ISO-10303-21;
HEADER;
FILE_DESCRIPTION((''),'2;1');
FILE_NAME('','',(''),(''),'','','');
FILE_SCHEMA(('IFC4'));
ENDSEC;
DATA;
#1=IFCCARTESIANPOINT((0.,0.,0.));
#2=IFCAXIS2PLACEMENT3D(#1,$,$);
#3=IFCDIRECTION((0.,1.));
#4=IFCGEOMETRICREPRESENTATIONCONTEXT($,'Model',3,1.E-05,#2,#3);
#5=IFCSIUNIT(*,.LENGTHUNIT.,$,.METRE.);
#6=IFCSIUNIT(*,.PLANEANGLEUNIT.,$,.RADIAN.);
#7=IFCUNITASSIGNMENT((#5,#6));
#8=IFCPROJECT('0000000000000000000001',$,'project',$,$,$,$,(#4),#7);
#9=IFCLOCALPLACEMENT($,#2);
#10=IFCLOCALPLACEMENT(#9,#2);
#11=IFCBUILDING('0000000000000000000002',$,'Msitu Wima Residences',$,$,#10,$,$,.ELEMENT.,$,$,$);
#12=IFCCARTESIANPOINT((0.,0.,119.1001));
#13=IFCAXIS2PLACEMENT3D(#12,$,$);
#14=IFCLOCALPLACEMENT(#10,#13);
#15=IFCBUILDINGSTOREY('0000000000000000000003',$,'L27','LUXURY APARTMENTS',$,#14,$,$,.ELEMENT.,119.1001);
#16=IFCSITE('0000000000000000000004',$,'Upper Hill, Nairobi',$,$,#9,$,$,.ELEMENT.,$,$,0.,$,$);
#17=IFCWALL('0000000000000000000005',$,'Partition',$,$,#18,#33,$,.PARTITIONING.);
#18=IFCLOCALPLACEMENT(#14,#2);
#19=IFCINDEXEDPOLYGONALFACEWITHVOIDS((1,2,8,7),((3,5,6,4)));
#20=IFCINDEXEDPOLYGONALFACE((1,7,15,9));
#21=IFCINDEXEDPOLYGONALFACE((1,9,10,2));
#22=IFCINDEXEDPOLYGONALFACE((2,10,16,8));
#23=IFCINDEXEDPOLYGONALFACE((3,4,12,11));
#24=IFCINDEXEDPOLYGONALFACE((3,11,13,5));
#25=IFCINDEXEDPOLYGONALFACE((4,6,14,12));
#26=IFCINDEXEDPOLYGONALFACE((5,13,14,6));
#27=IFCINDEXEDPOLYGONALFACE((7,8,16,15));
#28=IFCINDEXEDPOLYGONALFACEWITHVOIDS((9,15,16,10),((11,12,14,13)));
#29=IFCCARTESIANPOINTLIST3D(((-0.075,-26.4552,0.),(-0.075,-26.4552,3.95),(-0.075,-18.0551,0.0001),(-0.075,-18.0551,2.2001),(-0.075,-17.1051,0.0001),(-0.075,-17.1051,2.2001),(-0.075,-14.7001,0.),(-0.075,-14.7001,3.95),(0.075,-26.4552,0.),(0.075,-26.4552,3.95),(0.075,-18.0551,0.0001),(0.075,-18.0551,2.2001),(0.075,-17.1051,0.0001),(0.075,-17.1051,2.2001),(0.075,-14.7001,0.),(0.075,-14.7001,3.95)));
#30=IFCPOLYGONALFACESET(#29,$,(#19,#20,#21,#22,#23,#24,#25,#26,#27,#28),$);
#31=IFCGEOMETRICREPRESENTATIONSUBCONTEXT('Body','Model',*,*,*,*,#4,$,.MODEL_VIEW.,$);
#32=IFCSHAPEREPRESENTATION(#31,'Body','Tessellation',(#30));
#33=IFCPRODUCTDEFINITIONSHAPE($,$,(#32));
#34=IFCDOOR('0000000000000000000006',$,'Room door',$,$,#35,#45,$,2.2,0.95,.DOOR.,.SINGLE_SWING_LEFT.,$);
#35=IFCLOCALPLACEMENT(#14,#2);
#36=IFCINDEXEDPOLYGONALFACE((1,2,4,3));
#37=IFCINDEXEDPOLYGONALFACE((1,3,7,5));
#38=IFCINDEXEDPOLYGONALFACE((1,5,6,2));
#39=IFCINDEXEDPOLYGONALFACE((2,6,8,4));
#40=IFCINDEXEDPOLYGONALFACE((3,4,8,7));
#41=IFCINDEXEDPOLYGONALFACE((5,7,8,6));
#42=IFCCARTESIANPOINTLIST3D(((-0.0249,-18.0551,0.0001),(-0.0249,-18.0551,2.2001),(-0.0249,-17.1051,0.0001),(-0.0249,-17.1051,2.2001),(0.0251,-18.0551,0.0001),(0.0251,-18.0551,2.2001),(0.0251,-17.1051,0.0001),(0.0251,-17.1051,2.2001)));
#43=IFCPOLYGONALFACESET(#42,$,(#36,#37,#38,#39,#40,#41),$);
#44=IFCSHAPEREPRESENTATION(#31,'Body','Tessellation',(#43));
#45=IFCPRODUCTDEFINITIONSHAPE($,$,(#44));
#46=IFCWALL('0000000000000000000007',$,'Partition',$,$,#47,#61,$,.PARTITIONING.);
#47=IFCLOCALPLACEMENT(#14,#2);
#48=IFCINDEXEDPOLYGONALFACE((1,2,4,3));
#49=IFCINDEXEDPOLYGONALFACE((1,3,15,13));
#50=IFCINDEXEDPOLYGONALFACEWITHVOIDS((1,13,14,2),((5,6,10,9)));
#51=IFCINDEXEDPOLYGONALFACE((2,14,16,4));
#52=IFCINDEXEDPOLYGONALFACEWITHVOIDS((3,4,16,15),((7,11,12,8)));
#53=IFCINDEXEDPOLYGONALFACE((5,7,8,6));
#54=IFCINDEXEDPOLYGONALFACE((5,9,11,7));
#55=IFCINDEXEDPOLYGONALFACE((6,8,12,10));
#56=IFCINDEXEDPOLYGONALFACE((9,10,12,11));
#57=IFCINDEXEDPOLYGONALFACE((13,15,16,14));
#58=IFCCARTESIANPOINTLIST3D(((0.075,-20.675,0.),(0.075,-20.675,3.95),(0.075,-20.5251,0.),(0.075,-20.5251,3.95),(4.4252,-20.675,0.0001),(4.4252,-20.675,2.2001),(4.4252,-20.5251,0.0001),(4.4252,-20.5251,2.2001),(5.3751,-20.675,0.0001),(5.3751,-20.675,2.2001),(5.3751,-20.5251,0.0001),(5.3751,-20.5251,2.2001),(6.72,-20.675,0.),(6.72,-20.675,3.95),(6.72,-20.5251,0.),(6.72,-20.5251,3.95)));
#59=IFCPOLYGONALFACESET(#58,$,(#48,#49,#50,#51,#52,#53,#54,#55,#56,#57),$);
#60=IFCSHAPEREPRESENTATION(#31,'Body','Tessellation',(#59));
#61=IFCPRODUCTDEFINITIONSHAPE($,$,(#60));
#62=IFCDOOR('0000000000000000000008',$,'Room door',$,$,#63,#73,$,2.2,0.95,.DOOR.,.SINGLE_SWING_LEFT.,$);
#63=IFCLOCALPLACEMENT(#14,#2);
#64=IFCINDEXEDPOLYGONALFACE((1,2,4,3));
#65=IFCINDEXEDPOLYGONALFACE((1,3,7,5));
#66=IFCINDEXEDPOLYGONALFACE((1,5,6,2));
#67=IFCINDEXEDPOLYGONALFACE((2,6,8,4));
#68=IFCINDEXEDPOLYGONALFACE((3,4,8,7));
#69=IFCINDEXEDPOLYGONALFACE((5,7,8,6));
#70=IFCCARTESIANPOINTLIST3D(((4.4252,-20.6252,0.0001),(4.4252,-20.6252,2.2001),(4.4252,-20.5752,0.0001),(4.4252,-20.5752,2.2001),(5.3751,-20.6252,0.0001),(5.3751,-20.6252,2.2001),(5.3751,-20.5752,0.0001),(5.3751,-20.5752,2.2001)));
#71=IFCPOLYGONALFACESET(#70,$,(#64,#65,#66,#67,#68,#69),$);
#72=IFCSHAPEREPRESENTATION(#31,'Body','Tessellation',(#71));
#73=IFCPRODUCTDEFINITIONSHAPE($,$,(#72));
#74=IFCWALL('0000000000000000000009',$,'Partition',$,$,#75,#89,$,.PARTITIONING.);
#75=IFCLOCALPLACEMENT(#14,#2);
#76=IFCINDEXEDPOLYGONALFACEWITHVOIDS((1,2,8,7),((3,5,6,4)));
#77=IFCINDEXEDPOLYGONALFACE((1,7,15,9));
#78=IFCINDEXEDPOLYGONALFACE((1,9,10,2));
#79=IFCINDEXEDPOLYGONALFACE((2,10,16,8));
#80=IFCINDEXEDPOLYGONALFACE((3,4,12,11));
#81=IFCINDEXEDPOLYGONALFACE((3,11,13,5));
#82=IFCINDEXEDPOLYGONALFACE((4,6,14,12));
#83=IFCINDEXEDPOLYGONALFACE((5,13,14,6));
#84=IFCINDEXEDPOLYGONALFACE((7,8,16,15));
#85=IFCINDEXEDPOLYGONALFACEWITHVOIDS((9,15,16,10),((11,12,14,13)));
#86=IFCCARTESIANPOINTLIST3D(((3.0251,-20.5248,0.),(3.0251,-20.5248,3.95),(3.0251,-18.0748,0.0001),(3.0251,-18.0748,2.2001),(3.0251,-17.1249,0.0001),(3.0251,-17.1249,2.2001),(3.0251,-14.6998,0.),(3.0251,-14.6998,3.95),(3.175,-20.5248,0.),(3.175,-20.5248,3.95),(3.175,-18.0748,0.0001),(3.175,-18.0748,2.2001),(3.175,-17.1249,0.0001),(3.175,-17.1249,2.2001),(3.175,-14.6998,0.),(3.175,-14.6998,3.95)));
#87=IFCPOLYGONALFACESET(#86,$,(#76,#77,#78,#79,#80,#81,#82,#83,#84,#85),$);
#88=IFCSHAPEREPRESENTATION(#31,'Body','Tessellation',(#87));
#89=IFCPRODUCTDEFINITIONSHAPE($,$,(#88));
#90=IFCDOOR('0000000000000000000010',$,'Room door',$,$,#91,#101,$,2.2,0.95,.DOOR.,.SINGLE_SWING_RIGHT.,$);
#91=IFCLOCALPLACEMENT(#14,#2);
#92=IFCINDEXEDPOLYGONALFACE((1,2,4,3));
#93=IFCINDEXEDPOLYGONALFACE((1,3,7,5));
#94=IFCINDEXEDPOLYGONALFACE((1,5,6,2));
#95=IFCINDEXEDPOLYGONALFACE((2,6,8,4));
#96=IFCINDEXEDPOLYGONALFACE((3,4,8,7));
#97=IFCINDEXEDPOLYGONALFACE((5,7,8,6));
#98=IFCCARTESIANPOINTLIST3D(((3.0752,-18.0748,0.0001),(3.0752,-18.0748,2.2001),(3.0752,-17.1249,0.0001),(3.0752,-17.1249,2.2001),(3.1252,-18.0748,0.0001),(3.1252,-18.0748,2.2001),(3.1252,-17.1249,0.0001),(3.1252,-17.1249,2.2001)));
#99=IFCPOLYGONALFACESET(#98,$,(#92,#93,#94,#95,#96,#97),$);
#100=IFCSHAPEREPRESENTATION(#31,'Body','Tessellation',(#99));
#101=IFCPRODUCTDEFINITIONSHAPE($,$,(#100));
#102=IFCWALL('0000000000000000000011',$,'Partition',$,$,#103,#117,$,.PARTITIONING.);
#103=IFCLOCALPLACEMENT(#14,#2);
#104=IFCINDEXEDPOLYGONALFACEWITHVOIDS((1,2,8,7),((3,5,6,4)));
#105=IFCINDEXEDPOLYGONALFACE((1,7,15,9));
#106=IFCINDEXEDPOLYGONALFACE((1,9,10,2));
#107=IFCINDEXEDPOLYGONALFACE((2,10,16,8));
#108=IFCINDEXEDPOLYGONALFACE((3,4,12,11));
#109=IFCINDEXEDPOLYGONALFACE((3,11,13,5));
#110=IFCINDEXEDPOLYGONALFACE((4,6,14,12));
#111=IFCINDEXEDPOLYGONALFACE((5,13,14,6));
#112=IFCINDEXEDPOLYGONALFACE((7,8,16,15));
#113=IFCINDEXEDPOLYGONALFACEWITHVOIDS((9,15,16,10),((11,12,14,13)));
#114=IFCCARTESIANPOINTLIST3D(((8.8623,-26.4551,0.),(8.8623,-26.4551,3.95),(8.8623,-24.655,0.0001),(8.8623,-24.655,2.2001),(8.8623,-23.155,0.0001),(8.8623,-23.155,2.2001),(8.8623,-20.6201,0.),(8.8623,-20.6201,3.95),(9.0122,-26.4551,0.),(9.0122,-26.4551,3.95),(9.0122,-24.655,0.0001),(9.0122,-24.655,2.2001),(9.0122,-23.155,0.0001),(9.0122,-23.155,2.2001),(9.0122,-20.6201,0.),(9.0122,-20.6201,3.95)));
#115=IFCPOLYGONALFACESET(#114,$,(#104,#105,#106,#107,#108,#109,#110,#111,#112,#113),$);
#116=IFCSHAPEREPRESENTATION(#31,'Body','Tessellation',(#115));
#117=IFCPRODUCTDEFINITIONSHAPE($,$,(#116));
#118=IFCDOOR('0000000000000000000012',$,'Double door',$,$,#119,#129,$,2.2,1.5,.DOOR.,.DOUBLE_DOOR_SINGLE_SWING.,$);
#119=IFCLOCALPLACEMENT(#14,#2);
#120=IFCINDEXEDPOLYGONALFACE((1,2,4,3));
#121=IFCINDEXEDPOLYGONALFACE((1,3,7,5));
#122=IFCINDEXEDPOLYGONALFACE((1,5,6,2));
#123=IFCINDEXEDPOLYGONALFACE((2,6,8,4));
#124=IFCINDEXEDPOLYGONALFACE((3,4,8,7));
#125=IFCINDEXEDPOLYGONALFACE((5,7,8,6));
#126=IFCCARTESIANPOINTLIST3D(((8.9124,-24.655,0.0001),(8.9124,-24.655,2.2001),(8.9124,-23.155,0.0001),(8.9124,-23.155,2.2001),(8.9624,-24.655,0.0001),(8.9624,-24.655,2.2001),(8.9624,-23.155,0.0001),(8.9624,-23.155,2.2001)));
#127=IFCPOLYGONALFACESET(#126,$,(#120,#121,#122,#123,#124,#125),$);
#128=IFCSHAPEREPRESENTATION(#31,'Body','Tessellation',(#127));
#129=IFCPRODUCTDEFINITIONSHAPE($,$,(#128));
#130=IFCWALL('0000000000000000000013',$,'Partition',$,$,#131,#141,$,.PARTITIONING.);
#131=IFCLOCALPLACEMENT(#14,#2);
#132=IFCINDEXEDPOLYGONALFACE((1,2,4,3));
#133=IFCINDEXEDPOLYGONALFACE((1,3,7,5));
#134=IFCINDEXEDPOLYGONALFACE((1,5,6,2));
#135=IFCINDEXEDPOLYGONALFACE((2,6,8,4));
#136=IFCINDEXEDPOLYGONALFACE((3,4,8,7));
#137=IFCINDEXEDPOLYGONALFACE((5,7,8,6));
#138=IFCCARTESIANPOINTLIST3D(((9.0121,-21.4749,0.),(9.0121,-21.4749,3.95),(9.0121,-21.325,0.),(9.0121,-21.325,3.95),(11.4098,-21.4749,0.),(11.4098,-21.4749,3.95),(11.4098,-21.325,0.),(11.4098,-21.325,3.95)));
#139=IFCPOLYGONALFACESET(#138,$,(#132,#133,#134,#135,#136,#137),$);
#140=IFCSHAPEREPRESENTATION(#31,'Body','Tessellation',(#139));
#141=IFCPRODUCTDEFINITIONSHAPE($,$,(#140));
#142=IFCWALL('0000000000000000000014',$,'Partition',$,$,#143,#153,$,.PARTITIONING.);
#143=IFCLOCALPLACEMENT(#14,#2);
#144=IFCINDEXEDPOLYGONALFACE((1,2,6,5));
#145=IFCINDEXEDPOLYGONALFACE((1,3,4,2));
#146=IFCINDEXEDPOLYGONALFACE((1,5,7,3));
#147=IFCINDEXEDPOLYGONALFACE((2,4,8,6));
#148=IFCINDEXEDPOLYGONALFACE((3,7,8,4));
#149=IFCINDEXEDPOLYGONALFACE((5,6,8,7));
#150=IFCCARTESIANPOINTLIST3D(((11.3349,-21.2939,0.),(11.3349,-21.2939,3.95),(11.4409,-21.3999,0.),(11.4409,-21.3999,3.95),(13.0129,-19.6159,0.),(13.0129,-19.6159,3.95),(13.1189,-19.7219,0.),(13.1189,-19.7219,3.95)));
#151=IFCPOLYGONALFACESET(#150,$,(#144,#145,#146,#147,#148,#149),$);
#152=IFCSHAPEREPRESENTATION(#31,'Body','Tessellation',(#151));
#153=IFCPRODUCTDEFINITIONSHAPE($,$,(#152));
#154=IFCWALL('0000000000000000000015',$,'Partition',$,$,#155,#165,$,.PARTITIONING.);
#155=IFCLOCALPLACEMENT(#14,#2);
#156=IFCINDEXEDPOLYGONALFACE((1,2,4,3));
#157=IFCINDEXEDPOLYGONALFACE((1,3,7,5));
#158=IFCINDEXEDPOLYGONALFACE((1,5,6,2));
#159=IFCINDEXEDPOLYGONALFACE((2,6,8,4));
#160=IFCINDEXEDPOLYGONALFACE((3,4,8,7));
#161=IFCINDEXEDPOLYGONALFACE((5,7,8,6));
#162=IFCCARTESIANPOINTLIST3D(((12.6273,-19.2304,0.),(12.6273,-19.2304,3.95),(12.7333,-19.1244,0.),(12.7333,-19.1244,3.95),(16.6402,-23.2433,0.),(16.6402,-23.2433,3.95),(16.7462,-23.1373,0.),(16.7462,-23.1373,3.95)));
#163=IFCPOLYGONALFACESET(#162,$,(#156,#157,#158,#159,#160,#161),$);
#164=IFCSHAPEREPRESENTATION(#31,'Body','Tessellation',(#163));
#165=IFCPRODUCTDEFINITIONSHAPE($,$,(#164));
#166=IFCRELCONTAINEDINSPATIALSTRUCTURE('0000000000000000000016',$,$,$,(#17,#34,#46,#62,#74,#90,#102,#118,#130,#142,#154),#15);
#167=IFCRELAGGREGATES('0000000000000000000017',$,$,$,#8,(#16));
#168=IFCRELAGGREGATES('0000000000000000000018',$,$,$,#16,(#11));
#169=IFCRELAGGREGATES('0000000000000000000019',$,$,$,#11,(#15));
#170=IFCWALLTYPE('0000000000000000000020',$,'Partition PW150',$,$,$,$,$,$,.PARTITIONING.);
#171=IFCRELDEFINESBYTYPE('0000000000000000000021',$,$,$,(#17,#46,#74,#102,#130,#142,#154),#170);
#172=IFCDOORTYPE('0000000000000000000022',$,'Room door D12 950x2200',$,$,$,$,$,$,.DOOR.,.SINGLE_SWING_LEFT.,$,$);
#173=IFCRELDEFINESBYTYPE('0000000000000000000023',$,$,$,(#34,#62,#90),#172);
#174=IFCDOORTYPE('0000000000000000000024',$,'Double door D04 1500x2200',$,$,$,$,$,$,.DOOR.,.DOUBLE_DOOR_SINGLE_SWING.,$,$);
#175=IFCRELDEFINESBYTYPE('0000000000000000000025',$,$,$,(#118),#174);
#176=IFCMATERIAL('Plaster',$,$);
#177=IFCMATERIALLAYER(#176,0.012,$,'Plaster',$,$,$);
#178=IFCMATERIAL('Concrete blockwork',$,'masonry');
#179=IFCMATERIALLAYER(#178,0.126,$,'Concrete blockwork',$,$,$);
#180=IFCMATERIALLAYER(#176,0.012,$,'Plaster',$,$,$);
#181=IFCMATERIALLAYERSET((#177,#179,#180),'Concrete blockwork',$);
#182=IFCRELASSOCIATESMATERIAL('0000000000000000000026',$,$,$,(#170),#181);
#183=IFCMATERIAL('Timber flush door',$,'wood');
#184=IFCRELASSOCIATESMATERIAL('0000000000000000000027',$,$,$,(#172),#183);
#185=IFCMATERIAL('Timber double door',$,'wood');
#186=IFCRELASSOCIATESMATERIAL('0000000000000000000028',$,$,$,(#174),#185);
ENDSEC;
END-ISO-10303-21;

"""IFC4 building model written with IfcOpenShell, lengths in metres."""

from ifc_helpers import new_model, si_unit, direction, frame, frame_2d, origin, place, context, subcontext, project, spatial, rectangle, extrude, material, layer, layer_set, type_object, element, fill, save


model = new_model("IFC4")

# Units and contexts
model_context = context("Model", 3, precision=1e-05, world=origin(), true_north=direction((0.0, 1.0)))
body_context = subcontext(model_context, "Body", "Model", "MODEL_VIEW")
ifc_project = project(units=[si_unit("LENGTHUNIT", "METRE"), si_unit("PLANEANGLEUNIT", "RADIAN")], contexts=[model_context])

# Site, building, storey
site_placement = place(None, origin())
site = spatial("IfcSite", under=ifc_project, at=site_placement, Name="Upper Hill, Nairobi", CompositionType="ELEMENT", RefElevation=0.0)
building_placement = place(site_placement, origin())
building = spatial("IfcBuilding", under=site, at=building_placement, Name="Msitu Wima Residences", CompositionType="ELEMENT")
storey_placement = place(building_placement, frame((0.0, 0.0, 119.1001)))
storey = spatial("IfcBuildingStorey", under=building, at=storey_placement, Name="L27", Description="LUXURY APARTMENTS", CompositionType="ELEMENT", Elevation=119.1001)

# Walls, openings, doors
ifc_material_1 = material(Name="Plaster")
ifc_layer_1 = layer(ifc_material_1, 0.012, Name="Plaster")
ifc_material_2 = material(Name="Concrete blockwork", Category="masonry")
ifc_layer_2 = layer(ifc_material_2, 0.126, Name="Concrete blockwork")
ifc_layer_3 = layer(ifc_material_1, 0.012, Name="Plaster")
ifc_layer_set_1 = layer_set([ifc_layer_1, ifc_layer_2, ifc_layer_3], Name="Concrete blockwork")
wall_type_1 = type_object("IfcWallType", Name="Partition PW150", PredefinedType="PARTITIONING", material=ifc_layer_set_1)
wall_1_placement = place(storey_placement, frame((0.0, -26.4551, 0.0), z_axis=(0.0, 0.0, 1.0), x_axis=(0.0, 1.0, 0.0)))
wall_1 = element("IfcWall", 1, at=wall_1_placement, inside=storey, type_object=wall_type_1, Name="Partition", PredefinedType="PARTITIONING", context=body_context, shape_type="SweptSolid", body=[
    extrude(rectangle(XDim=11.7551, YDim=0.1499, at=frame_2d((5.8774, 0.0))), origin(), (0.0, 0.0, 1.0), 3.95),
])
opening_1_placement = place(wall_1_placement, frame((8.3999, 0.0, 0.0)))
opening_1 = element("IfcOpeningElement", 2, at=opening_1_placement, cuts=wall_1, PredefinedType="OPENING", context=body_context, shape_type="SweptSolid", body=[
    extrude(rectangle(XDim=0.95, YDim=2.2, at=frame_2d((0.4751, 1.1001))), frame((0.0, 0.085, 0.0), z_axis=(0.0, -1.0, 0.0), x_axis=(1.0, 0.0, 0.0)), (0.0, 0.0, 1.0), 0.1699),
])
ifc_material_3 = material(Name="Timber flush door", Category="wood")
door_type_1 = type_object("IfcDoorType", Name="Room door D12 950x2200", OperationType="SINGLE_SWING_LEFT", PredefinedType="DOOR", material=ifc_material_3)
door_1_placement = place(opening_1_placement, origin())
door_1 = element("IfcDoor", 3, at=door_1_placement, inside=storey, type_object=door_type_1, Name="Room door", OperationType="SINGLE_SWING_LEFT", OverallHeight=2.2, OverallWidth=0.95, PredefinedType="DOOR", context=body_context, shape_type="SweptSolid", body=[
    extrude(rectangle(XDim=0.95, YDim=2.2, at=frame_2d((0.4751, 1.1001))), frame((0.0, 0.0249, 0.0), z_axis=(0.0, -1.0, 0.0), x_axis=(1.0, 0.0, 0.0)), (0.0, 0.0, 1.0), 0.05),
])
fill(opening_1, door_1)
wall_2_placement = place(storey_placement, frame((0.075, -20.6001, 0.0), z_axis=(0.0, 0.0, 1.0), x_axis=(1.0, 0.0, 0.0)))
wall_2 = element("IfcWall", 4, at=wall_2_placement, inside=storey, type_object=wall_type_1, Name="Partition", PredefinedType="PARTITIONING", context=body_context, shape_type="SweptSolid", body=[
    extrude(rectangle(XDim=6.645, YDim=0.1499, at=frame_2d((3.3225, 0.0))), origin(), (0.0, 0.0, 1.0), 3.95),
])
opening_2_placement = place(wall_2_placement, frame((4.3501, 0.0, 0.0)))
opening_2 = element("IfcOpeningElement", 5, at=opening_2_placement, cuts=wall_2, PredefinedType="OPENING", context=body_context, shape_type="SweptSolid", body=[
    extrude(rectangle(XDim=0.95, YDim=2.2, at=frame_2d((0.4751, 1.1001))), frame((0.0, 0.085, 0.0), z_axis=(0.0, -1.0, 0.0), x_axis=(1.0, 0.0, 0.0)), (0.0, 0.0, 1.0), 0.1699),
])
door_2_placement = place(opening_2_placement, origin())
door_2 = element("IfcDoor", 6, at=door_2_placement, inside=storey, type_object=door_type_1, Name="Room door", OperationType="SINGLE_SWING_LEFT", OverallHeight=2.2, OverallWidth=0.95, PredefinedType="DOOR", context=body_context, shape_type="SweptSolid", body=[
    extrude(rectangle(XDim=0.95, YDim=2.2, at=frame_2d((0.4751, 1.1001))), frame((0.0, 0.0249, 0.0), z_axis=(0.0, -1.0, 0.0), x_axis=(1.0, 0.0, 0.0)), (0.0, 0.0, 1.0), 0.05),
])
fill(opening_2, door_2)
wall_3_placement = place(storey_placement, frame((3.1001, -20.5249, 0.0), z_axis=(0.0, 0.0, 1.0), x_axis=(0.0, 1.0, 0.0)))
wall_3 = element("IfcWall", 7, at=wall_3_placement, inside=storey, type_object=wall_type_1, Name="Partition", PredefinedType="PARTITIONING", context=body_context, shape_type="SweptSolid", body=[
    extrude(rectangle(XDim=5.825, YDim=0.1499, at=frame_2d((2.9126, 0.0))), origin(), (0.0, 0.0, 1.0), 3.95),
])
opening_3_placement = place(wall_3_placement, frame((2.45, 0.0, 0.0)))
opening_3 = element("IfcOpeningElement", 8, at=opening_3_placement, cuts=wall_3, PredefinedType="OPENING", context=body_context, shape_type="SweptSolid", body=[
    extrude(rectangle(XDim=0.95, YDim=2.2, at=frame_2d((0.4751, 1.1001))), frame((0.0, 0.085, 0.0), z_axis=(0.0, -1.0, 0.0), x_axis=(1.0, 0.0, 0.0)), (0.0, 0.0, 1.0), 0.1699),
])
door_3_placement = place(opening_3_placement, origin())
door_3 = element("IfcDoor", 9, at=door_3_placement, inside=storey, type_object=door_type_1, Name="Room door", OperationType="SINGLE_SWING_RIGHT", OverallHeight=2.2, OverallWidth=0.95, PredefinedType="DOOR", context=body_context, shape_type="SweptSolid", body=[
    extrude(rectangle(XDim=0.95, YDim=2.2, at=frame_2d((0.4751, 1.1001))), frame((0.0, 0.0249, 0.0), z_axis=(0.0, -1.0, 0.0), x_axis=(1.0, 0.0, 0.0)), (0.0, 0.0, 1.0), 0.05),
])
fill(opening_3, door_3)
wall_4_placement = place(storey_placement, frame((8.9373, -26.4551, 0.0), z_axis=(0.0, 0.0, 1.0), x_axis=(0.0, 1.0, 0.0)))
wall_4 = element("IfcWall", 10, at=wall_4_placement, inside=storey, type_object=wall_type_1, Name="Partition", PredefinedType="PARTITIONING", context=body_context, shape_type="SweptSolid", body=[
    extrude(rectangle(XDim=5.835, YDim=0.1499, at=frame_2d((2.9175, 0.0))), origin(), (0.0, 0.0, 1.0), 3.95),
])
opening_4_placement = place(wall_4_placement, frame((1.8, 0.0, 0.0)))
opening_4 = element("IfcOpeningElement", 11, at=opening_4_placement, cuts=wall_4, PredefinedType="OPENING", context=body_context, shape_type="SweptSolid", body=[
    extrude(rectangle(XDim=1.5, YDim=2.2, at=frame_2d((0.75, 1.1001))), frame((0.0, 0.085, 0.0), z_axis=(0.0, -1.0, 0.0), x_axis=(1.0, 0.0, 0.0)), (0.0, 0.0, 1.0), 0.1699),
])
ifc_material_4 = material(Name="Timber double door", Category="wood")
door_type_2 = type_object("IfcDoorType", Name="Double door D04 1500x2200", OperationType="DOUBLE_DOOR_SINGLE_SWING", PredefinedType="DOOR", material=ifc_material_4)
door_4_placement = place(opening_4_placement, origin())
door_4 = element("IfcDoor", 12, at=door_4_placement, inside=storey, type_object=door_type_2, Name="Double door", OperationType="DOUBLE_DOOR_SINGLE_SWING", OverallHeight=2.2, OverallWidth=1.5, PredefinedType="DOOR", context=body_context, shape_type="SweptSolid", body=[
    extrude(rectangle(XDim=1.5, YDim=2.2, at=frame_2d((0.75, 1.1001))), frame((0.0, 0.0249, 0.0), z_axis=(0.0, -1.0, 0.0), x_axis=(1.0, 0.0, 0.0)), (0.0, 0.0, 1.0), 0.05),
])
fill(opening_4, door_4)

# Walls
wall_5_placement = place(storey_placement, frame((9.0122, -21.3999, 0.0), z_axis=(0.0, 0.0, 1.0), x_axis=(1.0, 0.0, 0.0)))
element("IfcWall", 13, at=wall_5_placement, inside=storey, type_object=wall_type_1, Name="Partition", PredefinedType="PARTITIONING", context=body_context, shape_type="SweptSolid", body=[
    extrude(rectangle(XDim=2.3977, YDim=0.1499, at=frame_2d((1.1987, 0.0))), origin(), (0.0, 0.0, 1.0), 3.95),
])
wall_6_placement = place(storey_placement, frame((11.3879, -21.3469, 0.0), z_axis=(0.0, 0.0, 1.0), x_axis=(0.707107, 0.707107, 0.0)))
element("IfcWall", 14, at=wall_6_placement, inside=storey, type_object=wall_type_1, Name="Partition", PredefinedType="PARTITIONING", context=body_context, shape_type="SweptSolid", body=[
    extrude(rectangle(XDim=2.373, YDim=0.1499, at=frame_2d((1.1865, 0.0))), origin(), (0.0, 0.0, 1.0), 3.95),
])
wall_7_placement = place(storey_placement, frame((12.6804, -19.1775, 0.0), z_axis=(0.0, 0.0, 1.0), x_axis=(0.707107, -0.707107, 0.0)))
element("IfcWall", 15, at=wall_7_placement, inside=storey, type_object=wall_type_1, Name="Partition", PredefinedType="PARTITIONING", context=body_context, shape_type="SweptSolid", body=[
    extrude(rectangle(XDim=5.675, YDim=0.1499, at=frame_2d((2.8374, 0.0))), origin(), (0.0, 0.0, 1.0), 3.95),
])

save(model, "model.ifc")
